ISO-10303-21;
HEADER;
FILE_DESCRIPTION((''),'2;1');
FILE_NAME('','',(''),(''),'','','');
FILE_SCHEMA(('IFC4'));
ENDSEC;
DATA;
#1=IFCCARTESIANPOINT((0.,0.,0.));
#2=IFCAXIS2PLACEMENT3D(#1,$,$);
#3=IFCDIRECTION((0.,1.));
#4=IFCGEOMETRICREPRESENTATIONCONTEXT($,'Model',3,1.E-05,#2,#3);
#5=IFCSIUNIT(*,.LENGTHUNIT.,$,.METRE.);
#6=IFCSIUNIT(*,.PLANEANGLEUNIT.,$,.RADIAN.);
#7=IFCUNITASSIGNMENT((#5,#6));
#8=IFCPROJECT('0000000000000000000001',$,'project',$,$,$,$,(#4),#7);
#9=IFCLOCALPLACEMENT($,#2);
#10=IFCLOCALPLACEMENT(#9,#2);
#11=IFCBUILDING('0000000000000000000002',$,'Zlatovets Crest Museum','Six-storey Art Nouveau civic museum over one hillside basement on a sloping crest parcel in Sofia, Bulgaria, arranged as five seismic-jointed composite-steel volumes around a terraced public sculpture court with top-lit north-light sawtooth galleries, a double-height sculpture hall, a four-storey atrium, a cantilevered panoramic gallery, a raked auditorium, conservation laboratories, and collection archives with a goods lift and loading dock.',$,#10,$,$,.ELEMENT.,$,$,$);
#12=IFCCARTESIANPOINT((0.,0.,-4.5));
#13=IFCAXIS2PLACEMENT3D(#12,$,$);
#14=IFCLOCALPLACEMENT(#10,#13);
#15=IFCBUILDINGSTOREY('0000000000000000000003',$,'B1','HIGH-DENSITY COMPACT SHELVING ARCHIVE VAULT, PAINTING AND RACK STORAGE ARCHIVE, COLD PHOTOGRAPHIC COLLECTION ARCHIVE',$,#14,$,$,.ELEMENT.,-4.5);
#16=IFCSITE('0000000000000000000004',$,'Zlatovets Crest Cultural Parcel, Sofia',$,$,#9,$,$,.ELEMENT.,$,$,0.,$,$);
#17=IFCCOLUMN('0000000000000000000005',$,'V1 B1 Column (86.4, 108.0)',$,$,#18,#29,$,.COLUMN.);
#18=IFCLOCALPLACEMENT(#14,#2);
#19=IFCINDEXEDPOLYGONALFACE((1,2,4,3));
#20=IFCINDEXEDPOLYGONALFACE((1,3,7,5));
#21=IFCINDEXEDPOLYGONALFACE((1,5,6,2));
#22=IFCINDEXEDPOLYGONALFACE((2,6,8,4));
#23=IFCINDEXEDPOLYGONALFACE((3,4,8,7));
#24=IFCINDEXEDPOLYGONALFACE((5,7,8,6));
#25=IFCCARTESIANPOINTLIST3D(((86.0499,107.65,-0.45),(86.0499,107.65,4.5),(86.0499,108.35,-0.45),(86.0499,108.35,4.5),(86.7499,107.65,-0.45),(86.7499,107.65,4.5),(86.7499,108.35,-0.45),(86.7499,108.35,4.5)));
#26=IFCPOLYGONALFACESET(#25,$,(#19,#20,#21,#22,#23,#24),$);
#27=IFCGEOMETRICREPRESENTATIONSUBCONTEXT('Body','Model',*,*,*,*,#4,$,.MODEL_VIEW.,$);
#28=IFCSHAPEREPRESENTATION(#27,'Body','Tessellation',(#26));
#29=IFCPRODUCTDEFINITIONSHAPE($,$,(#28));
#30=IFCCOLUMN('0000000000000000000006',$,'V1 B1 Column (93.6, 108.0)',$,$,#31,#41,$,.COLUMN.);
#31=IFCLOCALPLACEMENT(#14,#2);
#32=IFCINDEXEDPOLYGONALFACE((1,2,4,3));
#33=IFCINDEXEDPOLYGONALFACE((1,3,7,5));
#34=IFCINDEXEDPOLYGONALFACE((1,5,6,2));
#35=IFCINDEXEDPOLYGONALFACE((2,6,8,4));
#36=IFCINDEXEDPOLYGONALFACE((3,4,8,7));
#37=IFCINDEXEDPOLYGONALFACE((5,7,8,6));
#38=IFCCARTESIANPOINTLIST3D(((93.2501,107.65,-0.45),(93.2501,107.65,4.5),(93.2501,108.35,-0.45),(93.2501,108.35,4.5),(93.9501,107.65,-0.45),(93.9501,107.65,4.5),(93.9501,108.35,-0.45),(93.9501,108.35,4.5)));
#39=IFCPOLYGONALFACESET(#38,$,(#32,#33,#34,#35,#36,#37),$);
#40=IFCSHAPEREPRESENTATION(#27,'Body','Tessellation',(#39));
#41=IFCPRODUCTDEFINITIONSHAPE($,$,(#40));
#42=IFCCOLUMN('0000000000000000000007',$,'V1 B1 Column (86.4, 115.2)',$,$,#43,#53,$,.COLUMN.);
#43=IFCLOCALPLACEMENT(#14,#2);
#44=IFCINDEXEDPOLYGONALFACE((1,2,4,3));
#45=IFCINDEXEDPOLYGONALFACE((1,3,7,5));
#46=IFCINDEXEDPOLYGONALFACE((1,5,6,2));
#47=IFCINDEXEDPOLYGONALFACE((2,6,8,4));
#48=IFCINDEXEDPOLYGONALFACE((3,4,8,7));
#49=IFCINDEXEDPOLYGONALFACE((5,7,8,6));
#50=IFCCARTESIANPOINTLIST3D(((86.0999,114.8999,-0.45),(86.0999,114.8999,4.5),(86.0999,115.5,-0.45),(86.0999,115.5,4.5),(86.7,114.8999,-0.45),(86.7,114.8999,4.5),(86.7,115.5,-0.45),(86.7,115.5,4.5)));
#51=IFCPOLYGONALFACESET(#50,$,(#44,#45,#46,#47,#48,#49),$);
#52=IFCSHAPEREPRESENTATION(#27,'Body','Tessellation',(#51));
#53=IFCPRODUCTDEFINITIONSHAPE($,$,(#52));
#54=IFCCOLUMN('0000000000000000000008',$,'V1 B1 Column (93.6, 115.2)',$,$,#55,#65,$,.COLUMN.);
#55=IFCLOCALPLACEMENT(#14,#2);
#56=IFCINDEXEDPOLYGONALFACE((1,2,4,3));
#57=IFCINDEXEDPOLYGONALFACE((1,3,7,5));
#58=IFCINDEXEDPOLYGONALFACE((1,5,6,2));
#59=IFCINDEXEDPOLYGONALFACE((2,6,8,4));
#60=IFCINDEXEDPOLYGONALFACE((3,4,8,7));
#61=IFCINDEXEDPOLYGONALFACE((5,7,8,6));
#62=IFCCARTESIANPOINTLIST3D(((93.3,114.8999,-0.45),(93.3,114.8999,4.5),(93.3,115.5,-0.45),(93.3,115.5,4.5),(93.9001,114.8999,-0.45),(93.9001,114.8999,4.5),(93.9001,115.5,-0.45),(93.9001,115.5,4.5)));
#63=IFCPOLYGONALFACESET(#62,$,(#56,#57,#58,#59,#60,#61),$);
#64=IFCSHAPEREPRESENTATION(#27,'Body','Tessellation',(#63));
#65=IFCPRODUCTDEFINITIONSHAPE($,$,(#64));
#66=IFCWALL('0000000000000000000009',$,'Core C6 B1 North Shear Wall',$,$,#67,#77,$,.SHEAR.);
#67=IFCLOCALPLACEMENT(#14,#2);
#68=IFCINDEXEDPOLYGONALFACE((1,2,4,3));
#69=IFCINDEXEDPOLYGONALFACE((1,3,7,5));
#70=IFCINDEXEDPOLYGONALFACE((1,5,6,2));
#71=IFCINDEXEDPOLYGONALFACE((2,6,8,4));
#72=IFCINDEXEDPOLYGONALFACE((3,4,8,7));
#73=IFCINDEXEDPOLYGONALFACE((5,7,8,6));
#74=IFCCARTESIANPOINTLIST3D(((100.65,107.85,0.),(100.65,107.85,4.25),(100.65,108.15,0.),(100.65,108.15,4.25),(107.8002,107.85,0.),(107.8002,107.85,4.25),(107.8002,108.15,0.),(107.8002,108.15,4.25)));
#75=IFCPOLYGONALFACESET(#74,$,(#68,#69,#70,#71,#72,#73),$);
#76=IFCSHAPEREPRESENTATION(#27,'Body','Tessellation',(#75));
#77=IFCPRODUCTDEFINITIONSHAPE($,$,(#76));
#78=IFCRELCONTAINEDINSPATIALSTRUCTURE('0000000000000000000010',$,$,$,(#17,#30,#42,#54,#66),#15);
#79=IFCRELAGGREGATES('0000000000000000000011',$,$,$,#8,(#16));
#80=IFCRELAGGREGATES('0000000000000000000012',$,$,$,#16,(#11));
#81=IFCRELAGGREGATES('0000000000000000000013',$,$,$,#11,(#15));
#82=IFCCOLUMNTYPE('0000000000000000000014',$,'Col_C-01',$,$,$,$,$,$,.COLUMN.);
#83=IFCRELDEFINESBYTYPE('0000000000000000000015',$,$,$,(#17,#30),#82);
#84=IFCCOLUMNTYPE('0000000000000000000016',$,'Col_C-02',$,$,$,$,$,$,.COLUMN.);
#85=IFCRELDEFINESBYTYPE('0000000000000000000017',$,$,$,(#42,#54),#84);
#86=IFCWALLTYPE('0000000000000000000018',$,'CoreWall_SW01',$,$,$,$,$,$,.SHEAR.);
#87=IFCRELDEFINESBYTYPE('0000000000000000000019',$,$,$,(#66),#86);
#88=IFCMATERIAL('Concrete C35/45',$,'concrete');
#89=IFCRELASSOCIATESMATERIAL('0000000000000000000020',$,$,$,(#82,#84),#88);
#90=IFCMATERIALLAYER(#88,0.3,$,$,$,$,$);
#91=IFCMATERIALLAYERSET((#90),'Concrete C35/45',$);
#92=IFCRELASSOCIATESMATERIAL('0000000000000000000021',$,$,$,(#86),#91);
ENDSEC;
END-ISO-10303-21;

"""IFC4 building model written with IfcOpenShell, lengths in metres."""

from ifc_helpers import new_model, si_unit, direction, frame, frame_2d, origin, origin_2d, place, context, subcontext, project, spatial, rectangle, extrude, material, layer, layer_set, material_profile, profile_set, type_object, element, save


model = new_model("IFC4")

# Units and contexts
model_context = context("Model", 3, precision=1e-05, world=origin(), true_north=direction((0.0, 1.0)))
body_context = subcontext(model_context, "Body", "Model", "MODEL_VIEW")
ifc_project = project(units=[si_unit("LENGTHUNIT", "METRE"), si_unit("PLANEANGLEUNIT", "RADIAN")], contexts=[model_context])

# Site, building, storey
site_placement = place(None, origin())
site = spatial("IfcSite", under=ifc_project, at=site_placement, Name="Zlatovets Crest Cultural Parcel, Sofia", CompositionType="ELEMENT", RefElevation=0.0)
building_placement = place(site_placement, origin())
building = spatial("IfcBuilding", under=site, at=building_placement, Name="Zlatovets Crest Museum", Description="Six-storey Art Nouveau civic museum over one hillside basement on a sloping crest parcel in Sofia, Bulgaria, arranged as five seismic-jointed composite-steel volumes around a terraced public sculpture court with top-lit north-light sawtooth galleries, a double-height sculpture hall, a four-storey atrium, a cantilevered panoramic gallery, a raked auditorium, conservation laboratories, and collection archives with a goods lift and loading dock.", CompositionType="ELEMENT")
storey_placement = place(building_placement, frame((0.0, 0.0, -4.5)))
storey = spatial("IfcBuildingStorey", under=building, at=storey_placement, Name="B1", Description="HIGH-DENSITY COMPACT SHELVING ARCHIVE VAULT, PAINTING AND RACK STORAGE ARCHIVE, COLD PHOTOGRAPHIC COLLECTION ARCHIVE", CompositionType="ELEMENT", Elevation=-4.5)

# Shared definitions
ifc_material = material(Name="Concrete C35/45", Category="concrete")

# Columns
ifc_material_profile_1 = material_profile(ifc_material, rectangle(XDim=0.7, YDim=0.7, at=origin_2d()), Name="RC 700x700")
ifc_profile_set_1 = profile_set([ifc_material_profile_1], Name="Concrete C35/45")
column_type_1 = type_object("IfcColumnType", Name="Col_C-01", PredefinedType="COLUMN", material=ifc_profile_set_1)
for number, where, z_axis, x_axis, name in (
    (1, (86.3999, 108.0, -0.45), (0.0, 0.0, 1.0), (0.0, 1.0, 0.0), "V1 B1 Column (86.4, 108.0)"),
    (2, (93.6001, 108.0, -0.45), (0.0, 0.0, 1.0), (1.0, 0.0, 0.0), "V1 B1 Column (93.6, 108.0)"),
):
    element("IfcColumn", number, at=place(storey_placement, frame(where, z_axis=z_axis, x_axis=x_axis)), inside=storey, type_object=column_type_1, Name=name, PredefinedType="COLUMN", context=body_context, shape_type="SweptSolid", body=[
        extrude(rectangle(XDim=0.7, YDim=0.7, at=origin_2d()), origin(), (0.0, 0.0, 1.0), 4.95),
    ])
ifc_material_profile_2 = material_profile(ifc_material, rectangle(XDim=0.6001, YDim=0.6001, at=origin_2d()), Name="RC 600x600")
ifc_profile_set_2 = profile_set([ifc_material_profile_2], Name="Concrete C35/45")
column_type_2 = type_object("IfcColumnType", Name="Col_C-02", PredefinedType="COLUMN", material=ifc_profile_set_2)
for number, where, z_axis, x_axis, name in (
    (3, (86.3999, 115.2, -0.45), (0.0, 0.0, 1.0), (1.0, 0.0, 0.0), "V1 B1 Column (86.4, 115.2)"),
    (4, (93.6001, 115.2, -0.45), (0.0, 0.0, 1.0), (0.0, 1.0, 0.0), "V1 B1 Column (93.6, 115.2)"),
):
    element("IfcColumn", number, at=place(storey_placement, frame(where, z_axis=z_axis, x_axis=x_axis)), inside=storey, type_object=column_type_2, Name=name, PredefinedType="COLUMN", context=body_context, shape_type="SweptSolid", body=[
        extrude(rectangle(XDim=0.6001, YDim=0.6001, at=origin_2d()), origin(), (0.0, 0.0, 1.0), 4.95),
    ])

# Wall
ifc_layer = layer(ifc_material, 0.3)
ifc_layer_set = layer_set([ifc_layer], Name="Concrete C35/45")
wall_type = type_object("IfcWallType", Name="CoreWall_SW01", PredefinedType="SHEAR", material=ifc_layer_set)
wall_placement = place(storey_placement, frame((100.6499, 108.0, 0.0), z_axis=(0.0, 0.0, 1.0), x_axis=(1.0, 0.0, 0.0)))
element("IfcWall", 5, at=wall_placement, inside=storey, type_object=wall_type, Name="Core C6 B1 North Shear Wall", PredefinedType="SHEAR", context=body_context, shape_type="SweptSolid", body=[
    extrude(rectangle(XDim=7.1501, YDim=0.3, at=frame_2d((3.5752, 0.0))), origin(), (0.0, 0.0, 1.0), 4.25),
])

save(model, "model.ifc")
